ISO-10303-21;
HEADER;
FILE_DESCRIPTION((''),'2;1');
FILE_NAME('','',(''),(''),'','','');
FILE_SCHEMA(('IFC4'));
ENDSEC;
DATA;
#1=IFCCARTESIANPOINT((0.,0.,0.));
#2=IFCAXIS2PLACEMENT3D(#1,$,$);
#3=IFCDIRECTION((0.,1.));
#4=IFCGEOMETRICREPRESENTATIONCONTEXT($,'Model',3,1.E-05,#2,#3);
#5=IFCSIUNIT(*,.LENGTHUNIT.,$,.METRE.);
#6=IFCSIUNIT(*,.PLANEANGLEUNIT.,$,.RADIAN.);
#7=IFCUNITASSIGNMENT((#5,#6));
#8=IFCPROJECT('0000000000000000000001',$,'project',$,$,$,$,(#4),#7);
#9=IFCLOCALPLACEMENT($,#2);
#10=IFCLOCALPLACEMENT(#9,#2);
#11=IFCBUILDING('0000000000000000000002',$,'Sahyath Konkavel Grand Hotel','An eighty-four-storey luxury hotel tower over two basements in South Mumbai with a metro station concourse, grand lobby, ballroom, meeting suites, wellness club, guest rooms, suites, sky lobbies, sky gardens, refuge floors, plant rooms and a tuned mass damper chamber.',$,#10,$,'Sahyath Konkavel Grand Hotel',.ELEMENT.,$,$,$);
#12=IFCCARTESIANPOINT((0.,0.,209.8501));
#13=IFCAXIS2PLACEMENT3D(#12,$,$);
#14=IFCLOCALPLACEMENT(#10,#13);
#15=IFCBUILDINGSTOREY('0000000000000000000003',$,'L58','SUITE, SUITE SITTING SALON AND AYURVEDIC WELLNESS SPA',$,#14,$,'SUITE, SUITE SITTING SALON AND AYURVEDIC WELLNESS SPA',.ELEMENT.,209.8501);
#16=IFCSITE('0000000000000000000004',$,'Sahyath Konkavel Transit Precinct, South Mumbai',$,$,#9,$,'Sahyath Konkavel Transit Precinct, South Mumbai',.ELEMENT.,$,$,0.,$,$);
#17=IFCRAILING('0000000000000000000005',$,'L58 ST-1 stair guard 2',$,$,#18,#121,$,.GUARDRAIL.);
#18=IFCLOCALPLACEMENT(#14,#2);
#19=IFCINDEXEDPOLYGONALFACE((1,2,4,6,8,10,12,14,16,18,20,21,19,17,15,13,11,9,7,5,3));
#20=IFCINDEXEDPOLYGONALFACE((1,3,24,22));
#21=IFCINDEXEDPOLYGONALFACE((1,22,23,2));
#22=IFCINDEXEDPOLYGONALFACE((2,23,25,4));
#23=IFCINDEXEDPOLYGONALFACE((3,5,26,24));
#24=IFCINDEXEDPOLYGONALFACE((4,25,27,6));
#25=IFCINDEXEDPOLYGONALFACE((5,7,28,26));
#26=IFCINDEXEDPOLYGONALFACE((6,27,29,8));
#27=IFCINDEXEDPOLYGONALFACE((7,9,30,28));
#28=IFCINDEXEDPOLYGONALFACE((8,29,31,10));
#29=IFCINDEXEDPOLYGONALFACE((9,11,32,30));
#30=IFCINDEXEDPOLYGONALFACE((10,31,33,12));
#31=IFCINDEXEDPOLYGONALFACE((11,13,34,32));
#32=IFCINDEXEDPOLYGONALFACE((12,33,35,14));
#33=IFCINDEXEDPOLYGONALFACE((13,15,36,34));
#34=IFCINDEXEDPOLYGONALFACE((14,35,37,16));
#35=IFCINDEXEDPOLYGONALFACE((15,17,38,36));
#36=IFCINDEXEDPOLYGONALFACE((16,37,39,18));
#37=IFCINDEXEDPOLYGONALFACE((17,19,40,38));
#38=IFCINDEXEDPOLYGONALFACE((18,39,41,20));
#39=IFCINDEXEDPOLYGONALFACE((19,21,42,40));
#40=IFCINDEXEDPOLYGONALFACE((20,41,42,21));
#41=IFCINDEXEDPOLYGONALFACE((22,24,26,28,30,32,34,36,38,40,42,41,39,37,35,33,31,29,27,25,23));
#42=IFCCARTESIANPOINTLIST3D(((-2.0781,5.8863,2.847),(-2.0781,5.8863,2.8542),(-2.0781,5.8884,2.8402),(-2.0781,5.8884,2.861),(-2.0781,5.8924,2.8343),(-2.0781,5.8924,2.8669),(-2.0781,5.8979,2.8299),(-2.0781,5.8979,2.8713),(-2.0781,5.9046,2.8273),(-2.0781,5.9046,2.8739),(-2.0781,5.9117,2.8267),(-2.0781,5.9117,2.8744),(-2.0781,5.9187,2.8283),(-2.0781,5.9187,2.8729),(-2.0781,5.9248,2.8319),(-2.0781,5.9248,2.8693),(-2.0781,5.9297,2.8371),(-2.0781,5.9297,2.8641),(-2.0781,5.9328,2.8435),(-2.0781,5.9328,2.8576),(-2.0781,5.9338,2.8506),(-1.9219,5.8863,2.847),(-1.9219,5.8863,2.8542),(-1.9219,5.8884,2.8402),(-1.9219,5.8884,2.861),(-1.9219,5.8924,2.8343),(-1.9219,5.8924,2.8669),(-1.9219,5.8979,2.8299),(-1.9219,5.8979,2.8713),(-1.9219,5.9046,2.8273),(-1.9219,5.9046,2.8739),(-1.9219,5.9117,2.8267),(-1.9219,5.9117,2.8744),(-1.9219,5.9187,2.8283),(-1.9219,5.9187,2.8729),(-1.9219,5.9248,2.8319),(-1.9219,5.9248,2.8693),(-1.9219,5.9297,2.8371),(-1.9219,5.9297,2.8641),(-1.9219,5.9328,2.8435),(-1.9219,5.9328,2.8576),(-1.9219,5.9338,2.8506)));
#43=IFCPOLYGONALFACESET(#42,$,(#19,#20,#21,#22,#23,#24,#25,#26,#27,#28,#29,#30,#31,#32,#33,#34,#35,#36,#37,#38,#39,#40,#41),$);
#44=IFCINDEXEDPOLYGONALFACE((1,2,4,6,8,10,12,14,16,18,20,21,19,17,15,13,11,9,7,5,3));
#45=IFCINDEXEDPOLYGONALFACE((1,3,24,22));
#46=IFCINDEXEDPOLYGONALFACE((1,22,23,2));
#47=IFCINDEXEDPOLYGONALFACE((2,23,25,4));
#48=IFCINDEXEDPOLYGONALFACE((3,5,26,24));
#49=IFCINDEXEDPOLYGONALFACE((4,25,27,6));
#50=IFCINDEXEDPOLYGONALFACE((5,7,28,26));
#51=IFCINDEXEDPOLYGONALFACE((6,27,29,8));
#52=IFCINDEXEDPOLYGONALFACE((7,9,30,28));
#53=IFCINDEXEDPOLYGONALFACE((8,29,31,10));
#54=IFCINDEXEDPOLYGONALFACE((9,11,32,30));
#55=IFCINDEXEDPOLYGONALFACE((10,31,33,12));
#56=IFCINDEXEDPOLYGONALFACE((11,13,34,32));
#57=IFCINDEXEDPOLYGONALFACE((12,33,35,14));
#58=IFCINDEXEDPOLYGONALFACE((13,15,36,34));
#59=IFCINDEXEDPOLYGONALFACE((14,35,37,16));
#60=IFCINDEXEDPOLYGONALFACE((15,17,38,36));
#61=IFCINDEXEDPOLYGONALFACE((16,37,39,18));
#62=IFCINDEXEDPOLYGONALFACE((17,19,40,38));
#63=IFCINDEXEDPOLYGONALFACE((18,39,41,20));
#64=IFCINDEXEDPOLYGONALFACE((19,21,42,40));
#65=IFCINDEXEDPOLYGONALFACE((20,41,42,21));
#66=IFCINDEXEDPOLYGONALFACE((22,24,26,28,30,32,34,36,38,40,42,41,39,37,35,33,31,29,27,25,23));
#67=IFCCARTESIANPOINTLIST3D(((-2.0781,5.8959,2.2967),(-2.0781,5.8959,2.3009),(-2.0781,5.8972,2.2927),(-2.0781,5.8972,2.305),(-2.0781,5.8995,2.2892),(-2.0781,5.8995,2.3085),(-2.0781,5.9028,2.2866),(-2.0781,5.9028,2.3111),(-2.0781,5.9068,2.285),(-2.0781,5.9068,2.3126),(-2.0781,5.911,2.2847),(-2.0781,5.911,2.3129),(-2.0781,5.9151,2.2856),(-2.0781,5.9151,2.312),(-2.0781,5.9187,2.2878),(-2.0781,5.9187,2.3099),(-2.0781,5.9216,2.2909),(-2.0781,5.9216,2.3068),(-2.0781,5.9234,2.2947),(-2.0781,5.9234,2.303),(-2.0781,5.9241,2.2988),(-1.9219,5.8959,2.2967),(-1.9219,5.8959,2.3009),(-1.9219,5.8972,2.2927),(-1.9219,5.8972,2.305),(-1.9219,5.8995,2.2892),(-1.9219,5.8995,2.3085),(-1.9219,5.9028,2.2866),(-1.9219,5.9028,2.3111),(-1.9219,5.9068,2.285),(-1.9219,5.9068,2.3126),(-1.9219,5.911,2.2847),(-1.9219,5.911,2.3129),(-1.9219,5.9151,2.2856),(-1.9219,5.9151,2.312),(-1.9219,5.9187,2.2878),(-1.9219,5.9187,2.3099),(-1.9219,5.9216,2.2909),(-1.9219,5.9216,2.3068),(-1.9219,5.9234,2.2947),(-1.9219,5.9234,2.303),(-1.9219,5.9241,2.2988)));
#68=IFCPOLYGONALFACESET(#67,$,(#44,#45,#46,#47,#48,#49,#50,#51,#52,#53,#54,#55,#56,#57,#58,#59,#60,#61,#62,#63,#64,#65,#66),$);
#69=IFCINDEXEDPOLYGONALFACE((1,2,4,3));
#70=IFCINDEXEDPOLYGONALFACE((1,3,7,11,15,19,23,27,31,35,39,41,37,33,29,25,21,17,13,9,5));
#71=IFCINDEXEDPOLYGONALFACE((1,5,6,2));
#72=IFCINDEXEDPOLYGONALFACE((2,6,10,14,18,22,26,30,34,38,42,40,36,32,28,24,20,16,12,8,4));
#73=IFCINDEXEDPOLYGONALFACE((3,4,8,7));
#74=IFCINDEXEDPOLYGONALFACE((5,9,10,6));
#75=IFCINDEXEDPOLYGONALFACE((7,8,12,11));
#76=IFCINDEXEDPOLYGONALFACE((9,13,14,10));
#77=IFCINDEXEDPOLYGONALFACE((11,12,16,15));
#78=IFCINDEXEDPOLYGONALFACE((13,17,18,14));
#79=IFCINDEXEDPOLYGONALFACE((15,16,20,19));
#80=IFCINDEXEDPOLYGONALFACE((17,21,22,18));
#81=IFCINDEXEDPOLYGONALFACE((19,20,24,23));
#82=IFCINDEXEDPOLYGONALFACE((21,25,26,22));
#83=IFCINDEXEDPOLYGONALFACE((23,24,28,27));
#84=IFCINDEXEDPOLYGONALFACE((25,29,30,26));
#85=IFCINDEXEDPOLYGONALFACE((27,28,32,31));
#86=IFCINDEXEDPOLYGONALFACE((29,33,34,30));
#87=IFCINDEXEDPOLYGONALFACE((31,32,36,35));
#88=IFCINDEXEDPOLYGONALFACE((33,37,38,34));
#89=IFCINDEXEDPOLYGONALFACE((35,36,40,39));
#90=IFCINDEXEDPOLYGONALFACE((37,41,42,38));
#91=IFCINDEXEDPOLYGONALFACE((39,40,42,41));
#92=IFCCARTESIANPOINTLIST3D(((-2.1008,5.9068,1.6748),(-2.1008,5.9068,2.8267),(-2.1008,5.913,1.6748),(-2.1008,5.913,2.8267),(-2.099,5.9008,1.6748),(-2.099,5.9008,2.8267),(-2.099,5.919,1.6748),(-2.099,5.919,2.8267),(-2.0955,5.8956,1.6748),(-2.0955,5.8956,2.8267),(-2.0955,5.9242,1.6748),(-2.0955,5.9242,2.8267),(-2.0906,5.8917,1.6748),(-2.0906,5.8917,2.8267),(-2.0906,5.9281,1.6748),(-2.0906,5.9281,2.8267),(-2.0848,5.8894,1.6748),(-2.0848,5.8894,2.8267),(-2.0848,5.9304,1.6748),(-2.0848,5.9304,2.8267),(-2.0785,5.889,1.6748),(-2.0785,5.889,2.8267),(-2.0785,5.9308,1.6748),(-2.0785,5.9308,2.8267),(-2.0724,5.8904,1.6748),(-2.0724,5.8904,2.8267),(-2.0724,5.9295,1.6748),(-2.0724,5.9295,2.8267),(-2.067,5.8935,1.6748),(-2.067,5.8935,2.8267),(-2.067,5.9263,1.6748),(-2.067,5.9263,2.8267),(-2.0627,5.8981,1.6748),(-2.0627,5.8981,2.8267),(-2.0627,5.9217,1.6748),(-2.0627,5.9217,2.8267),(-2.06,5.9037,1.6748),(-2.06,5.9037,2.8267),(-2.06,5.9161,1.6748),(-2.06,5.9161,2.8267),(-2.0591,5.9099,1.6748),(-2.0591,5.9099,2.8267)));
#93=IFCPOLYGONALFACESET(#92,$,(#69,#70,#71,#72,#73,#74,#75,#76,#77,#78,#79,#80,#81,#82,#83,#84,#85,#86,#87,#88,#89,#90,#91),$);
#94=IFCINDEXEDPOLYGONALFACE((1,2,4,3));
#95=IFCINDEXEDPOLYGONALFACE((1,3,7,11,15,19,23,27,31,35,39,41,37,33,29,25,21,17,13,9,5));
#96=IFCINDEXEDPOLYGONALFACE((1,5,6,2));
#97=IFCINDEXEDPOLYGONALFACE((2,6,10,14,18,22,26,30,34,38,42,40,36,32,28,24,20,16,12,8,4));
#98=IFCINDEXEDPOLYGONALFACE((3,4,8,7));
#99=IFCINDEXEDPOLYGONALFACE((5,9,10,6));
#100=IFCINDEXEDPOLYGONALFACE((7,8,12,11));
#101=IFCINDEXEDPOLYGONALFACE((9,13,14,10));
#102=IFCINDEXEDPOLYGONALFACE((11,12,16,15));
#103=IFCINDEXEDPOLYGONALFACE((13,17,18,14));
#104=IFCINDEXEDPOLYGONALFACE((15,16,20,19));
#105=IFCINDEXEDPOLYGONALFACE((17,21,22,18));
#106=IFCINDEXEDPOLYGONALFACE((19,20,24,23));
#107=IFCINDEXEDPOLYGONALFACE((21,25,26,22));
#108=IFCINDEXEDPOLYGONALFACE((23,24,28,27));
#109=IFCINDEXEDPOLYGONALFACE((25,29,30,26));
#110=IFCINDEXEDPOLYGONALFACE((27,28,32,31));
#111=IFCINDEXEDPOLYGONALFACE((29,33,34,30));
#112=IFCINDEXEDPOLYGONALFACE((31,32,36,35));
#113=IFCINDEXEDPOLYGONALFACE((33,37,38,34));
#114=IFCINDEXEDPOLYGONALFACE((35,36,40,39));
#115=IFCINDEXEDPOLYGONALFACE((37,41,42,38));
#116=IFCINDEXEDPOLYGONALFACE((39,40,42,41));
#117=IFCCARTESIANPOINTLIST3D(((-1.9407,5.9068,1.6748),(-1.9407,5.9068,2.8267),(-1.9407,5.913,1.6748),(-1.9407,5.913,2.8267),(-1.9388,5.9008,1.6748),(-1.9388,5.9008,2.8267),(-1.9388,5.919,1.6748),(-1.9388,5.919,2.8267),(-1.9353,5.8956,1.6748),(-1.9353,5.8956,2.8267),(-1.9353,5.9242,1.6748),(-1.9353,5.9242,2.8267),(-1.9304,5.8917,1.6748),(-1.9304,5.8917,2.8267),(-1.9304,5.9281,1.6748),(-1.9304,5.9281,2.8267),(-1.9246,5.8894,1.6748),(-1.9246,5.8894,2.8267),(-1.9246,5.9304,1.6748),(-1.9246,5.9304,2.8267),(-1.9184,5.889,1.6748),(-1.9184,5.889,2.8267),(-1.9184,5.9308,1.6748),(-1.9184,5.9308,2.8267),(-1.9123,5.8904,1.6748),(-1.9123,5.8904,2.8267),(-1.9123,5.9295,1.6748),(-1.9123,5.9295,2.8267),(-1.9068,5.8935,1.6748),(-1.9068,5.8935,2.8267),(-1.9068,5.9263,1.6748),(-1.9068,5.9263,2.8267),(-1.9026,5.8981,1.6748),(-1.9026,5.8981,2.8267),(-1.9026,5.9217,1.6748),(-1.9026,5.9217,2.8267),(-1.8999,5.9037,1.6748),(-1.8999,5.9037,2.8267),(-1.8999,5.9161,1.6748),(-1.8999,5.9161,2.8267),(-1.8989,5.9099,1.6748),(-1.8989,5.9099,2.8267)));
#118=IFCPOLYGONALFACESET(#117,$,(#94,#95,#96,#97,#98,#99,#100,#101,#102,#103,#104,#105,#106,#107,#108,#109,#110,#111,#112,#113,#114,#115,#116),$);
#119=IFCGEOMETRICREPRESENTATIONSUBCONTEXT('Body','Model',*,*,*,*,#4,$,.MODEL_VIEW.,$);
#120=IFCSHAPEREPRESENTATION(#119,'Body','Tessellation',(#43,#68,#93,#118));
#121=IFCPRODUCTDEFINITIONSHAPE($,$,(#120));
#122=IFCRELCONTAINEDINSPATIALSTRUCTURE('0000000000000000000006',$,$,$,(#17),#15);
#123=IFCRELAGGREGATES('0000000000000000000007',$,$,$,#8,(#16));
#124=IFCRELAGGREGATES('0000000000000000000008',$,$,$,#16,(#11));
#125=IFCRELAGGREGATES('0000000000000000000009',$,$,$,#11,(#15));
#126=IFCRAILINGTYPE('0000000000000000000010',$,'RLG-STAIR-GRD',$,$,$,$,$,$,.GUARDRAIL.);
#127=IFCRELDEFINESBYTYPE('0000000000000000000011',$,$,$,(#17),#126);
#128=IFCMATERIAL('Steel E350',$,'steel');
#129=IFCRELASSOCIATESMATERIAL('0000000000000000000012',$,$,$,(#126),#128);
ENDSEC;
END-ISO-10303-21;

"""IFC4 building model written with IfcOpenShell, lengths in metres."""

from ifc_helpers import new_model, si_unit, direction, frame, origin, origin_2d, place, context, subcontext, project, spatial, circle, extrude, material, type_object, element, save


model = new_model("IFC4")

# Units and contexts
model_context = context("Model", 3, precision=1e-05, world=origin(), true_north=direction((0.0, 1.0)))
body_context = subcontext(model_context, "Body", "Model", "MODEL_VIEW")
ifc_project = project(units=[si_unit("LENGTHUNIT", "METRE"), si_unit("PLANEANGLEUNIT", "RADIAN")], contexts=[model_context])

# Site, building, storey
site_placement = place(None, origin())
site = spatial("IfcSite", under=ifc_project, at=site_placement, Name="Sahyath Konkavel Transit Precinct, South Mumbai", LongName="Sahyath Konkavel Transit Precinct, South Mumbai", CompositionType="ELEMENT", RefElevation=0.0)
building_placement = place(site_placement, origin())
building = spatial("IfcBuilding", under=site, at=building_placement, Name="Sahyath Konkavel Grand Hotel", Description="An eighty-four-storey luxury hotel tower over two basements in South Mumbai with a metro station concourse, grand lobby, ballroom, meeting suites, wellness club, guest rooms, suites, sky lobbies, sky gardens, refuge floors, plant rooms and a tuned mass damper chamber.", LongName="Sahyath Konkavel Grand Hotel", CompositionType="ELEMENT")
storey_placement = place(building_placement, frame((0.0, 0.0, 209.8501)))
storey = spatial("IfcBuildingStorey", under=building, at=storey_placement, Name="L58", Description="SUITE, SUITE SITTING SALON AND AYURVEDIC WELLNESS SPA", LongName="SUITE, SUITE SITTING SALON AND AYURVEDIC WELLNESS SPA", CompositionType="ELEMENT", Elevation=209.8501)

# Shared definitions
ifc_material_1 = material(Name="Steel E350", Category="steel")

# Railing
railing_type_1 = type_object("IfcRailingType", Name="RLG-STAIR-GRD", PredefinedType="GUARDRAIL", material=ifc_material_1)
railing_1_placement = place(storey_placement, frame((-2.0801, 5.9099, 1.6748)))
element("IfcRailing", 1, at=railing_1_placement, inside=storey, type_object=railing_type_1, Name="L58 ST-1 stair guard 2", PredefinedType="GUARDRAIL", context=body_context, shape_type="SweptSolid", body=[
    extrude(circle(Radius=0.0239, at=origin_2d()), frame((0.002, 0.0, 1.1758), z_axis=(1.0, 0.0, 0.0), x_axis=(0.0, 1.0, 0.0)), (0.0, 0.0, 1.0), 0.1562),
    extrude(circle(Radius=0.0142, at=origin_2d()), frame((0.002, 0.0, 0.624), z_axis=(1.0, 0.0, 0.0), x_axis=(0.0, 1.0, 0.0)), (0.0, 0.0, 1.0), 0.1562),
    extrude(circle(Radius=0.021, at=origin_2d()), origin(), (0.0, 0.0, 1.0), 1.1519),
    extrude(circle(Radius=0.021, at=origin_2d()), frame((0.1602, 0.0, 0.0)), (0.0, 0.0, 1.0), 1.1519),
])

save(model, "model.ifc")
